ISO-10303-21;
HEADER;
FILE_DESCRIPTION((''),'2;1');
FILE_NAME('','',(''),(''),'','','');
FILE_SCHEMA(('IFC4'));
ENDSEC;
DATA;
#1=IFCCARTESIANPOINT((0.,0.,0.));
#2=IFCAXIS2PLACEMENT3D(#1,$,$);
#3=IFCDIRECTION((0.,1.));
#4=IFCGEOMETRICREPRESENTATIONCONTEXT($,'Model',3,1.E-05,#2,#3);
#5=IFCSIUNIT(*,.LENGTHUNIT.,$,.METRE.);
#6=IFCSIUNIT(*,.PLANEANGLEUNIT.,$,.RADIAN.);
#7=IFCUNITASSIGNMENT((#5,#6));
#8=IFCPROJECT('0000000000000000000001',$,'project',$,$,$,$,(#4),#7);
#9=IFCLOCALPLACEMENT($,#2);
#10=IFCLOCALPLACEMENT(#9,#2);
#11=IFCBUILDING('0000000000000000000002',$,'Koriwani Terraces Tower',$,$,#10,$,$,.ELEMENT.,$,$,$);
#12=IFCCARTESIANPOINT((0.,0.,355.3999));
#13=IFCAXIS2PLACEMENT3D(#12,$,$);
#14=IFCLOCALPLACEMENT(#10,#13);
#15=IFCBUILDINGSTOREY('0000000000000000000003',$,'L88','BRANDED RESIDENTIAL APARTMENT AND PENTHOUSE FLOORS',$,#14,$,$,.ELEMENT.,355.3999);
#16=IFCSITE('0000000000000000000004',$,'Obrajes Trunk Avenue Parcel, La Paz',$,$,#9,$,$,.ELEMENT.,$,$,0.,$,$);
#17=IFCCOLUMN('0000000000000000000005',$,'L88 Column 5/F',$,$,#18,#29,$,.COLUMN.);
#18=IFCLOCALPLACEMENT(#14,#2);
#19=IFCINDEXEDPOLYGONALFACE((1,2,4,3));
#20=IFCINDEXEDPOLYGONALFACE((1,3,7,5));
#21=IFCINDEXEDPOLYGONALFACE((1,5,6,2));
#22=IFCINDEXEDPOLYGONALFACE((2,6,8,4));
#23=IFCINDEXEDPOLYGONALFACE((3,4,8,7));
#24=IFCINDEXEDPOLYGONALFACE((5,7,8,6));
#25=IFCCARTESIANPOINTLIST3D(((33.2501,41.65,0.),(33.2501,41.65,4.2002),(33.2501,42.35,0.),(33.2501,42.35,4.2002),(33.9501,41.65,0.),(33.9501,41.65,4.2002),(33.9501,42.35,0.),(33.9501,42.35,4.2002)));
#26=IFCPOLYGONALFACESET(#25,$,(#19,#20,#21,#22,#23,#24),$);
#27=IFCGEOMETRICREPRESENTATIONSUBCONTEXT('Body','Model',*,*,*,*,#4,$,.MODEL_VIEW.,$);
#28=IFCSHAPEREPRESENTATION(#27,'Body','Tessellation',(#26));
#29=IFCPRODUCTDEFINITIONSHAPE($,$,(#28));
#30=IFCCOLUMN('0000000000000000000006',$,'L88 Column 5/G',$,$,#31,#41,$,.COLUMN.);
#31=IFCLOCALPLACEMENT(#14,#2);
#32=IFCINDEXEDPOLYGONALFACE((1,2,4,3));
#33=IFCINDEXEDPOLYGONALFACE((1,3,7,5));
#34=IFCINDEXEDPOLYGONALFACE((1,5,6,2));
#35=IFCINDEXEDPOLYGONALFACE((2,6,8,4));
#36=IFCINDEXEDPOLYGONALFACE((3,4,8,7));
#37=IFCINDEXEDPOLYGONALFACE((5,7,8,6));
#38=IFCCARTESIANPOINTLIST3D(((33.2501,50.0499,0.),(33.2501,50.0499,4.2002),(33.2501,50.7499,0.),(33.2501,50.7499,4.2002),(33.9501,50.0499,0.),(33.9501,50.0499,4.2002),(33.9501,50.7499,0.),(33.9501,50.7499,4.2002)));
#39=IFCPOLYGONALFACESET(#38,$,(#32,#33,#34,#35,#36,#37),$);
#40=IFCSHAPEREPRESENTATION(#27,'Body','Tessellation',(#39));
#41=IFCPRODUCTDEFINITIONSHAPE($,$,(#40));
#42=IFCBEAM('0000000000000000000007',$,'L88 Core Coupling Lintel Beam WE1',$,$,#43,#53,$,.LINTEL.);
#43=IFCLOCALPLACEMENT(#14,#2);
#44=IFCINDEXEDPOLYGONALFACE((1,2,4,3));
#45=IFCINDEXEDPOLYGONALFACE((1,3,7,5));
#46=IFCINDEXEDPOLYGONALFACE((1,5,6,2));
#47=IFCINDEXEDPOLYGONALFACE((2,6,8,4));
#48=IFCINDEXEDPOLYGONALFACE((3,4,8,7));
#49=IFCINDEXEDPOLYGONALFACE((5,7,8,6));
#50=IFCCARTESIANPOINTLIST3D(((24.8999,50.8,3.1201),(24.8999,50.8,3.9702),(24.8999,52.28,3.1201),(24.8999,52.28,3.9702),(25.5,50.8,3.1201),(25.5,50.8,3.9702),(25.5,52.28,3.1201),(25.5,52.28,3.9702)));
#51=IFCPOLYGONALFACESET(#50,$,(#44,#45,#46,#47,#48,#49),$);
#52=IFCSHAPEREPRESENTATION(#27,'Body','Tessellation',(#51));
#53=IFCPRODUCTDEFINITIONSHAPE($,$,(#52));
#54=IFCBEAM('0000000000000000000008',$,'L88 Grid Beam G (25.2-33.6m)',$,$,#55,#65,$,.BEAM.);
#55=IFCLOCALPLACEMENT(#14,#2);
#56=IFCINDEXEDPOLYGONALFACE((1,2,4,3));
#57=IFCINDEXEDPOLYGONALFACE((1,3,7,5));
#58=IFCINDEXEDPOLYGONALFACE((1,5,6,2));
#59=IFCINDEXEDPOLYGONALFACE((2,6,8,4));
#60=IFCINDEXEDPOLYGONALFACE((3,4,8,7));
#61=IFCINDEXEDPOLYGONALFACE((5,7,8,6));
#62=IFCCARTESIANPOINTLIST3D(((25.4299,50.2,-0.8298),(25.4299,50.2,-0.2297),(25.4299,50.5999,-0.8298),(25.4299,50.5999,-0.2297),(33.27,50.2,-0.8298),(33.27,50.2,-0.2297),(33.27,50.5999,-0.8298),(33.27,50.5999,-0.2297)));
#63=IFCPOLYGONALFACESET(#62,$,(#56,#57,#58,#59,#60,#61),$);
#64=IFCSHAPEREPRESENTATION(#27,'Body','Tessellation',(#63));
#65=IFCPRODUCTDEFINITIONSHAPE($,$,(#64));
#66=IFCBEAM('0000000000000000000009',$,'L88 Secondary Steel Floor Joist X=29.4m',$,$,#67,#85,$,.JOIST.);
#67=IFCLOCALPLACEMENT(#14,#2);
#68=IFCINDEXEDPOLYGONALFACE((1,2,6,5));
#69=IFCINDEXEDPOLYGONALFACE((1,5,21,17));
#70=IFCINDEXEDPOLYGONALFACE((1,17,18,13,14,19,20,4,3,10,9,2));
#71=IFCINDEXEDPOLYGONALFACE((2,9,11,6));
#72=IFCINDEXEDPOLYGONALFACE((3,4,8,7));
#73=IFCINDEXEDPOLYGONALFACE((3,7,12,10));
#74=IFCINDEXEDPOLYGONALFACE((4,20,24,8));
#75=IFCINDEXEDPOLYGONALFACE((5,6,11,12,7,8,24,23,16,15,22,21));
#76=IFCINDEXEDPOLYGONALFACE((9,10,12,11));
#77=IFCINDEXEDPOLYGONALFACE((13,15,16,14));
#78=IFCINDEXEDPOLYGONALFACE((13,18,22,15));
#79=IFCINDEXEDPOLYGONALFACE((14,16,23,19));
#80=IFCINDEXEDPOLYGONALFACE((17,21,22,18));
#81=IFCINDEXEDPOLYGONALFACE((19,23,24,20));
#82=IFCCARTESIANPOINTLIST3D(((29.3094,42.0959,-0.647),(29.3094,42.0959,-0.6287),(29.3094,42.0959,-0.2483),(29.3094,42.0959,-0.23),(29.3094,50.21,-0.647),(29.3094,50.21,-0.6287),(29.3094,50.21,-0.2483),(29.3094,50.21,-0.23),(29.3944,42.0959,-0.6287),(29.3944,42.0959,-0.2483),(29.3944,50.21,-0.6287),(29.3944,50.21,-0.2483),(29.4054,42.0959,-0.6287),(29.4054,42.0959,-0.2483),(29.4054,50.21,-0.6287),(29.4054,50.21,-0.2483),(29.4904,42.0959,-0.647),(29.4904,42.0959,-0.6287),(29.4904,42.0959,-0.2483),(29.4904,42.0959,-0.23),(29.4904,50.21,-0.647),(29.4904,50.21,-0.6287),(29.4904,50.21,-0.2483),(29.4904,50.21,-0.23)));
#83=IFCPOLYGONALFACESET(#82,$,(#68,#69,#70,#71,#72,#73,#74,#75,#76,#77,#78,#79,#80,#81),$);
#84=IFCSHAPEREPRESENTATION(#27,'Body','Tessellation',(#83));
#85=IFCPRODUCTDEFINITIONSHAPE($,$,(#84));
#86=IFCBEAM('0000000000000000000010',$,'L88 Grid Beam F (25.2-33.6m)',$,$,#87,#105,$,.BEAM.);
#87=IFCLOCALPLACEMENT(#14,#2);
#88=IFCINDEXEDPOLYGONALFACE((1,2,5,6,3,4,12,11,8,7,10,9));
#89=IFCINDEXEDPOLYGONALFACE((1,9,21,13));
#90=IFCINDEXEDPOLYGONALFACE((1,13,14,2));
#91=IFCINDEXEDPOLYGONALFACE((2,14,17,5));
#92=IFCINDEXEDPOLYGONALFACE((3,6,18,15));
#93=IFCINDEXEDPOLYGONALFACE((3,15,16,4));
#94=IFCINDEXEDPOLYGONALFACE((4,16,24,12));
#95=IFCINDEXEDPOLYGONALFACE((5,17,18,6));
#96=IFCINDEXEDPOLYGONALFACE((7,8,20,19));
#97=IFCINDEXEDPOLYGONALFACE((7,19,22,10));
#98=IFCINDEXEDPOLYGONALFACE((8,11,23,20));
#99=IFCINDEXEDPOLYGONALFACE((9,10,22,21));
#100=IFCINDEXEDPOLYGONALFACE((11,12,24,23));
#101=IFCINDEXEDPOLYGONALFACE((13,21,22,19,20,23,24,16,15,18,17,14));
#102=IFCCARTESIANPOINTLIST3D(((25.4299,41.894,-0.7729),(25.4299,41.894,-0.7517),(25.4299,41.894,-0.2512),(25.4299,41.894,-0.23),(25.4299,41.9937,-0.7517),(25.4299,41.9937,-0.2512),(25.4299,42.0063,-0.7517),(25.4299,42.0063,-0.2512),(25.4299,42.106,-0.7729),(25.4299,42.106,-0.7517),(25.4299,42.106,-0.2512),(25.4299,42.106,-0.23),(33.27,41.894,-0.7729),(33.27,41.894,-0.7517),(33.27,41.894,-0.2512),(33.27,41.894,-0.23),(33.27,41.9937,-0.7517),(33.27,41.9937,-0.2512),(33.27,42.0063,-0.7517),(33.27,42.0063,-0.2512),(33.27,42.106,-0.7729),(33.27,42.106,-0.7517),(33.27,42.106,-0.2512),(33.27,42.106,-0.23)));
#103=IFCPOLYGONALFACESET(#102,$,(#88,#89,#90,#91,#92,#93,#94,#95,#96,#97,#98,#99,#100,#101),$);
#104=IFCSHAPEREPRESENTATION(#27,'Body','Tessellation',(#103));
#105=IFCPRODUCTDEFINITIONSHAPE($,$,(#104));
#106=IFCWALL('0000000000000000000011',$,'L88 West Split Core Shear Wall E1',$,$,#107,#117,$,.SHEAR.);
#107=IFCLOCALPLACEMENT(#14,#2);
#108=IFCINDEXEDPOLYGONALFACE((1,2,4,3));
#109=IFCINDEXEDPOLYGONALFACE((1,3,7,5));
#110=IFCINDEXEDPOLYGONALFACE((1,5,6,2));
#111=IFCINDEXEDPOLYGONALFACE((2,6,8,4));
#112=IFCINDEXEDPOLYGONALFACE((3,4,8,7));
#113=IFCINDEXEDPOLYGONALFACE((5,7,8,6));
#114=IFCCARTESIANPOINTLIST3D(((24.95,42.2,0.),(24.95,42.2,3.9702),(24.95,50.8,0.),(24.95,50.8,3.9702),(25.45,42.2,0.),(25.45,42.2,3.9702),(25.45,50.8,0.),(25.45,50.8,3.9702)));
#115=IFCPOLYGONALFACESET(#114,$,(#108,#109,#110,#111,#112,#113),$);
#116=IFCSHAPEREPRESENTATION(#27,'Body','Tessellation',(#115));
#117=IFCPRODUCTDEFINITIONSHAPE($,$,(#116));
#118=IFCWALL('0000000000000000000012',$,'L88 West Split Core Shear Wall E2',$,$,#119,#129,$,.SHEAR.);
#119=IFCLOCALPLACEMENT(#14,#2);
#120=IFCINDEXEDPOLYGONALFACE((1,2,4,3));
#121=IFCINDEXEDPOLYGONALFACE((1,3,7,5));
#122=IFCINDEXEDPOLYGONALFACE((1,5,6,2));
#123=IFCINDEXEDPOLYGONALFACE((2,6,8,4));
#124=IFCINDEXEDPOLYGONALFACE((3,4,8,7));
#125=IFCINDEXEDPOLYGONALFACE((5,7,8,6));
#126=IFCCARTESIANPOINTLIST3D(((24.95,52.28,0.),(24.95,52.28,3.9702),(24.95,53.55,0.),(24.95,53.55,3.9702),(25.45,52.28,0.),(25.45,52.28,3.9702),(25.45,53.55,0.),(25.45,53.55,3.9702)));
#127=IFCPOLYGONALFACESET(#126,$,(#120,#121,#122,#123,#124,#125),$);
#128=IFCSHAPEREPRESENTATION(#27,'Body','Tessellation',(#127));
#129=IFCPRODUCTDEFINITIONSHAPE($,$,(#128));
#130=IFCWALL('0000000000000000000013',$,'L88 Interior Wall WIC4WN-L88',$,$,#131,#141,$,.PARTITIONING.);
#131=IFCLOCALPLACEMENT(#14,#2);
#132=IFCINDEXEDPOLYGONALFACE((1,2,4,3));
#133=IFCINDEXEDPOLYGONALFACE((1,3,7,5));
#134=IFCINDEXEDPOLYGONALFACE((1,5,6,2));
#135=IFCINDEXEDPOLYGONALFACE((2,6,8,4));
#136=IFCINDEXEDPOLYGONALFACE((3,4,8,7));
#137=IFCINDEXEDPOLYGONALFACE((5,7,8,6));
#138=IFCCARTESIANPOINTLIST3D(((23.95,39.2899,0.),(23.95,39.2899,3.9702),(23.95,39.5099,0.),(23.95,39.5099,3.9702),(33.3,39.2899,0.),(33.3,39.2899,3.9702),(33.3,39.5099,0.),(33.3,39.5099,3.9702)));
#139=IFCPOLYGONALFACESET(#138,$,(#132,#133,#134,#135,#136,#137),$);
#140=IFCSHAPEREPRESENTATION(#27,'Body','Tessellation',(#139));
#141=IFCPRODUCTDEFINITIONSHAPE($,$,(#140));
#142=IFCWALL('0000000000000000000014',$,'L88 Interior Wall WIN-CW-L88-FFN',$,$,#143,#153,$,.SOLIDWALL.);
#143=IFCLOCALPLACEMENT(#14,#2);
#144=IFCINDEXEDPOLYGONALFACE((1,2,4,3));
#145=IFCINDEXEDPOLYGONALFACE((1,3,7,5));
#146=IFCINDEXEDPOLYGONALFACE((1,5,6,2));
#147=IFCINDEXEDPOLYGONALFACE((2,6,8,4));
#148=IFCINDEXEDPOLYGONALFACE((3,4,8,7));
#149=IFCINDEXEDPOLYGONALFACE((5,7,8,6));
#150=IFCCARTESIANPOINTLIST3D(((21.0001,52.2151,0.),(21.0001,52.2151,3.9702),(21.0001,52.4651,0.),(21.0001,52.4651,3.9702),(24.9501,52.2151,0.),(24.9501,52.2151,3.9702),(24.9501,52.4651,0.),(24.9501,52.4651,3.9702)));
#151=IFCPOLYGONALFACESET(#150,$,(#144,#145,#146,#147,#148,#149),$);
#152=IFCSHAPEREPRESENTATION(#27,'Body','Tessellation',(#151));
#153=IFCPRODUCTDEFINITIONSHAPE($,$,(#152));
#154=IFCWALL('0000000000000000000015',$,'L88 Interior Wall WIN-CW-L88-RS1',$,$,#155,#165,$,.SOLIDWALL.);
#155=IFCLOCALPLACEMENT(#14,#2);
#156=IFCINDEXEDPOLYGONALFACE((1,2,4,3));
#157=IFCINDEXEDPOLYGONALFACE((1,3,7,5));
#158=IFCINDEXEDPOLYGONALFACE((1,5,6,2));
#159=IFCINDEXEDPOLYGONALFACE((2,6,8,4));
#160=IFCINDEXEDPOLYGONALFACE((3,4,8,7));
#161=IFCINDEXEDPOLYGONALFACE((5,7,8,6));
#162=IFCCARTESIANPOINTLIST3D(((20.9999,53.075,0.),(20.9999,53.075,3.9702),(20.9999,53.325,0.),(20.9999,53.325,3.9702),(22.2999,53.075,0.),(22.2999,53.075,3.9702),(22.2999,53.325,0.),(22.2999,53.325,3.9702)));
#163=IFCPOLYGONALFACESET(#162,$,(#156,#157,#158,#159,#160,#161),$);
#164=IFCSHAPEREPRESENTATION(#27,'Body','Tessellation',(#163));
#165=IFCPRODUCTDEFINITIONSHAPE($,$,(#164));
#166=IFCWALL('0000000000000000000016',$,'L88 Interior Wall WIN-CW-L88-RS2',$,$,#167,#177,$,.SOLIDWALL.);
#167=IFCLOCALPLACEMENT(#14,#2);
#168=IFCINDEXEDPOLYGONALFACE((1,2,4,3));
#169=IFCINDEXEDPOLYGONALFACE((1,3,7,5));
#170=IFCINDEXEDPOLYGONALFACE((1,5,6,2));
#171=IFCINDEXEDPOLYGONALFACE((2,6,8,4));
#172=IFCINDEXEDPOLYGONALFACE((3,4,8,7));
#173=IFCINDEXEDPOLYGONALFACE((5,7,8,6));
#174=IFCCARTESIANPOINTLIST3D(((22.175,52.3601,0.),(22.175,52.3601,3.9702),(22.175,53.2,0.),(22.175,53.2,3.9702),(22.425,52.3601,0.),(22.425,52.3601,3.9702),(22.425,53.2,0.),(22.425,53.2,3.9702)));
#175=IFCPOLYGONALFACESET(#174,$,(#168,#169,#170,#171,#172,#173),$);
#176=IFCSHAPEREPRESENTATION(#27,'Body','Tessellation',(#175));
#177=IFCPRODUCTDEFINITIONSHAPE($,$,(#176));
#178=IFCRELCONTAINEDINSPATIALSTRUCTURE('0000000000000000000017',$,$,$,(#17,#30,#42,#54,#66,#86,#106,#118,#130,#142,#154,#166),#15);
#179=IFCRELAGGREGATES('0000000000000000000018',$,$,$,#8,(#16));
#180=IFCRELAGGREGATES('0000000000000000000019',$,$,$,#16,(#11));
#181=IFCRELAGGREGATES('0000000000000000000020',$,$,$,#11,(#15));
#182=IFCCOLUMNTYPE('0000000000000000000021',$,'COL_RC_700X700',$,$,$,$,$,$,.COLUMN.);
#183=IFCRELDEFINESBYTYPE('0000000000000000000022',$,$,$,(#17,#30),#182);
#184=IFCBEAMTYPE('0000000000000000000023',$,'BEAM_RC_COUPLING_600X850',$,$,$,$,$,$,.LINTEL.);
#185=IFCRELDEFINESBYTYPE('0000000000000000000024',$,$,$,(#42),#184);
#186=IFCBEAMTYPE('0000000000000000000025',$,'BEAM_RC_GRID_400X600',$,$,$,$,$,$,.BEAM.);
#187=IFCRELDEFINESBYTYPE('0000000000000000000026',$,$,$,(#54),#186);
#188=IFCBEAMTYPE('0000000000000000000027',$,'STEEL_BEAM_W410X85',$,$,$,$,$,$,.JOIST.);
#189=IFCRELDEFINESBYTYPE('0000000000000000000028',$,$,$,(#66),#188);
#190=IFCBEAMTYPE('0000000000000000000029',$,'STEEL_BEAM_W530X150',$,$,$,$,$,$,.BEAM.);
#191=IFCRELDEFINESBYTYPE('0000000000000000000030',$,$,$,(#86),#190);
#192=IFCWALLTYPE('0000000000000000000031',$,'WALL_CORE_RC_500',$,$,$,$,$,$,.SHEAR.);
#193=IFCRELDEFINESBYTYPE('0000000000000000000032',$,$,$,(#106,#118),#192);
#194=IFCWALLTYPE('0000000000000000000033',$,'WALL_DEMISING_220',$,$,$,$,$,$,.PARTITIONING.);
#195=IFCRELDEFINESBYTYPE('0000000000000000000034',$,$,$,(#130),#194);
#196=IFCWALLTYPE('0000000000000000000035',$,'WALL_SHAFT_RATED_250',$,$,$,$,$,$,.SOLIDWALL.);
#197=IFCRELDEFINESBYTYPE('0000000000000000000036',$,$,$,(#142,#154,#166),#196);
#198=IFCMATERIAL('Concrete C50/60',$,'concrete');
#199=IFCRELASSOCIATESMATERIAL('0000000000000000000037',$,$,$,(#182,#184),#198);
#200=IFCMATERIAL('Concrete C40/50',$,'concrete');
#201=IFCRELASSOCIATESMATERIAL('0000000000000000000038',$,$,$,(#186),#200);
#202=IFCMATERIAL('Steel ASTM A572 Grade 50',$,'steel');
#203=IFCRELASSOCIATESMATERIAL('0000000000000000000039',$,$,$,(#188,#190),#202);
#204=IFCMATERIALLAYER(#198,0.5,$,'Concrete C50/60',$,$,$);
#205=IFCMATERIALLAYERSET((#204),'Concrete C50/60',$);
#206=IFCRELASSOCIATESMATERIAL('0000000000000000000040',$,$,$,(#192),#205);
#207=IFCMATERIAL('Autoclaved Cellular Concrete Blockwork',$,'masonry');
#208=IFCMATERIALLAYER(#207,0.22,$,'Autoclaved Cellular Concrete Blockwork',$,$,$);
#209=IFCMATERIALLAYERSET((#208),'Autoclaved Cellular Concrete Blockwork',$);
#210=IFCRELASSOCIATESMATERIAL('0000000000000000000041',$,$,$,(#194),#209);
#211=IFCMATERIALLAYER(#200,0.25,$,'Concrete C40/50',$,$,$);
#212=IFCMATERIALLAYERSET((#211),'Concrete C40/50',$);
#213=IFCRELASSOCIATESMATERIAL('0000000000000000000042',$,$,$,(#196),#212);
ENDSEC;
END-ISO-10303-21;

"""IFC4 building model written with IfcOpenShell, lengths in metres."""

from ifc_helpers import new_model, si_unit, direction, frame, frame_2d, origin, origin_2d, place, context, subcontext, project, spatial, rectangle, i_section, extrude, material, layer, layer_set, material_profile, profile_set, type_object, element, save


model = new_model("IFC4")

# Units and contexts
model_context = context("Model", 3, precision=1e-05, world=origin(), true_north=direction((0.0, 1.0)))
body_context = subcontext(model_context, "Body", "Model", "MODEL_VIEW")
ifc_project = project(units=[si_unit("LENGTHUNIT", "METRE"), si_unit("PLANEANGLEUNIT", "RADIAN")], contexts=[model_context])

# Site, building, storey
site_placement = place(None, origin())
site = spatial("IfcSite", under=ifc_project, at=site_placement, Name="Obrajes Trunk Avenue Parcel, La Paz", CompositionType="ELEMENT", RefElevation=0.0)
building_placement = place(site_placement, origin())
building = spatial("IfcBuilding", under=site, at=building_placement, Name="Koriwani Terraces Tower", CompositionType="ELEMENT")
storey_placement = place(building_placement, frame((0.0, 0.0, 355.3999)))
storey = spatial("IfcBuildingStorey", under=building, at=storey_placement, Name="L88", Description="BRANDED RESIDENTIAL APARTMENT AND PENTHOUSE FLOORS", CompositionType="ELEMENT", Elevation=355.3999)

# Columns
ifc_material_1 = material(Name="Concrete C50/60", Category="concrete")
ifc_material_profile_1 = material_profile(ifc_material_1, rectangle(XDim=0.7, YDim=0.7, at=origin_2d()), Name="Concrete C50/60", Category="LoadBearing")
ifc_profile_set_1 = profile_set([ifc_material_profile_1], Name="Concrete C50/60")
column_type = type_object("IfcColumnType", Name="COL_RC_700X700", PredefinedType="COLUMN", material=ifc_profile_set_1)
for number, where, z_axis, x_axis, name in (
    (1, (33.6001, 42.0, 0.0), (0.0, 0.0, 1.0), (1.0, 0.0, 0.0), "L88 Column 5/F"),
    (2, (33.6001, 50.3999, 0.0), (0.0, 0.0, 1.0), (1.0, 0.0, 0.0), "L88 Column 5/G"),
):
    element("IfcColumn", number, at=place(storey_placement, frame(where, z_axis=z_axis, x_axis=x_axis)), inside=storey, type_object=column_type, Name=name, PredefinedType="COLUMN", context=body_context, shape_type="SweptSolid", body=[
        extrude(rectangle(XDim=0.7, YDim=0.7, at=origin_2d()), origin(), (0.0, 0.0, 1.0), 4.2002),
    ])

# Beams
ifc_material_profile_2 = material_profile(ifc_material_1, rectangle(XDim=0.6001, YDim=0.8501, at=origin_2d()), Name="Concrete C50/60", Category="LoadBearing")
ifc_profile_set_2 = profile_set([ifc_material_profile_2], Name="Concrete C50/60")
beam_type_1 = type_object("IfcBeamType", Name="BEAM_RC_COUPLING_600X850", PredefinedType="LINTEL", material=ifc_profile_set_2)
beam_1_placement = place(storey_placement, frame((25.2, 50.8, 3.5452), z_axis=(0.0, 1.0, 0.0), x_axis=(-1.0, 0.0, 0.0)))
element("IfcBeam", 3, at=beam_1_placement, inside=storey, type_object=beam_type_1, Name="L88 Core Coupling Lintel Beam WE1", PredefinedType="LINTEL", context=body_context, shape_type="SweptSolid", body=[
    extrude(rectangle(XDim=0.6001, YDim=0.8501, at=origin_2d()), origin(), (0.0, 0.0, 1.0), 1.48),
])
ifc_material_2 = material(Name="Concrete C40/50", Category="concrete")
ifc_material_profile_3 = material_profile(ifc_material_2, rectangle(XDim=0.3999, YDim=0.6001, at=origin_2d()), Name="Concrete C40/50", Category="LoadBearing")
ifc_profile_set_3 = profile_set([ifc_material_profile_3], Name="Concrete C40/50")
beam_type_2 = type_object("IfcBeamType", Name="BEAM_RC_GRID_400X600", PredefinedType="BEAM", material=ifc_profile_set_3)
beam_2_placement = place(storey_placement, frame((25.4299, 50.3999, -0.5298), z_axis=(1.0, 0.0, 0.0), x_axis=(0.0, 1.0, 0.0)))
element("IfcBeam", 4, at=beam_2_placement, inside=storey, type_object=beam_type_2, Name="L88 Grid Beam G (25.2-33.6m)", PredefinedType="BEAM", context=body_context, shape_type="SweptSolid", body=[
    extrude(rectangle(XDim=0.3999, YDim=0.6001, at=origin_2d()), origin(), (0.0, 0.0, 1.0), 7.8401),
])
ifc_material_3 = material(Name="Steel ASTM A572 Grade 50", Category="steel")
ifc_material_profile_4 = material_profile(ifc_material_3, i_section(OverallWidth=0.1809, OverallDepth=0.417, WebThickness=0.011, FlangeThickness=0.0183, at=origin_2d()), Name="Steel ASTM A572 Grade 50", Category="LoadBearing")
ifc_profile_set_4 = profile_set([ifc_material_profile_4], Name="Steel ASTM A572 Grade 50")
beam_type_3 = type_object("IfcBeamType", Name="STEEL_BEAM_W410X85", PredefinedType="JOIST", material=ifc_profile_set_4)
beam_3_placement = place(storey_placement, frame((29.3999, 42.0959, -0.4385), z_axis=(0.0, 1.0, 0.0), x_axis=(-1.0, 0.0, 0.0)))
element("IfcBeam", 5, at=beam_3_placement, inside=storey, type_object=beam_type_3, Name="L88 Secondary Steel Floor Joist X=29.4m", PredefinedType="JOIST", context=body_context, shape_type="SweptSolid", body=[
    extrude(i_section(OverallWidth=0.1809, OverallDepth=0.417, WebThickness=0.011, FlangeThickness=0.0183, at=origin_2d()), origin(), (0.0, 0.0, 1.0), 8.114),
])
ifc_material_profile_5 = material_profile(ifc_material_3, i_section(OverallWidth=0.2119, OverallDepth=0.543, WebThickness=0.0127, FlangeThickness=0.0212, at=origin_2d()), Name="Steel ASTM A572 Grade 50", Category="LoadBearing")
ifc_profile_set_5 = profile_set([ifc_material_profile_5], Name="Steel ASTM A572 Grade 50")
beam_type_4 = type_object("IfcBeamType", Name="STEEL_BEAM_W530X150", PredefinedType="BEAM", material=ifc_profile_set_5)
beam_4_placement = place(storey_placement, frame((25.4299, 42.0, -0.5015), z_axis=(1.0, 0.0, 0.0), x_axis=(0.0, 1.0, 0.0)))
element("IfcBeam", 6, at=beam_4_placement, inside=storey, type_object=beam_type_4, Name="L88 Grid Beam F (25.2-33.6m)", PredefinedType="BEAM", context=body_context, shape_type="SweptSolid", body=[
    extrude(i_section(OverallWidth=0.2119, OverallDepth=0.543, WebThickness=0.0127, FlangeThickness=0.0212, at=origin_2d()), origin(), (0.0, 0.0, 1.0), 7.8401),
])

# Walls
ifc_layer_1 = layer(ifc_material_1, 0.5, Name="Concrete C50/60")
ifc_layer_set_1 = layer_set([ifc_layer_1], Name="Concrete C50/60")
wall_type_1 = type_object("IfcWallType", Name="WALL_CORE_RC_500", PredefinedType="SHEAR", material=ifc_layer_set_1)
wall_1_placement = place(storey_placement, frame((25.2, 42.2, 0.0), z_axis=(0.0, 0.0, 1.0), x_axis=(0.0, 1.0, 0.0)))
element("IfcWall", 7, at=wall_1_placement, inside=storey, type_object=wall_type_1, Name="L88 West Split Core Shear Wall E1", PredefinedType="SHEAR", context=body_context, shape_type="SweptSolid", body=[
    extrude(rectangle(XDim=8.6001, YDim=0.5, at=frame_2d((4.3, 0.0))), origin(), (0.0, 0.0, 1.0), 3.9702),
])
wall_2_placement = place(storey_placement, frame((25.2, 52.28, 0.0), z_axis=(0.0, 0.0, 1.0), x_axis=(0.0, 1.0, 0.0)))
element("IfcWall", 8, at=wall_2_placement, inside=storey, type_object=wall_type_1, Name="L88 West Split Core Shear Wall E2", PredefinedType="SHEAR", context=body_context, shape_type="SweptSolid", body=[
    extrude(rectangle(XDim=1.27, YDim=0.5, at=frame_2d((0.635, 0.0))), origin(), (0.0, 0.0, 1.0), 3.9702),
])
ifc_material_4 = material(Name="Autoclaved Cellular Concrete Blockwork", Category="masonry")
ifc_layer_2 = layer(ifc_material_4, 0.22, Name="Autoclaved Cellular Concrete Blockwork")
ifc_layer_set_2 = layer_set([ifc_layer_2], Name="Autoclaved Cellular Concrete Blockwork")
wall_type_2 = type_object("IfcWallType", Name="WALL_DEMISING_220", PredefinedType="PARTITIONING", material=ifc_layer_set_2)
wall_3_placement = place(storey_placement, frame((23.95, 39.3999, 0.0), z_axis=(0.0, 0.0, 1.0), x_axis=(1.0, 0.0, 0.0)))
element("IfcWall", 9, at=wall_3_placement, inside=storey, type_object=wall_type_2, Name="L88 Interior Wall WIC4WN-L88", PredefinedType="PARTITIONING", context=body_context, shape_type="SweptSolid", body=[
    extrude(rectangle(XDim=9.3501, YDim=0.22, at=frame_2d((4.675, 0.0))), origin(), (0.0, 0.0, 1.0), 3.9702),
])

# Shared definitions
ifc_layer_3 = layer(ifc_material_2, 0.25, Name="Concrete C40/50")
ifc_layer_set_3 = layer_set([ifc_layer_3], Name="Concrete C40/50")
wall_type_3 = type_object("IfcWallType", Name="WALL_SHAFT_RATED_250", PredefinedType="SOLIDWALL", material=ifc_layer_set_3)

# Walls
wall_4_placement = place(storey_placement, frame((21.0, 52.3401, 0.0), z_axis=(0.0, 0.0, 1.0), x_axis=(1.0, 0.0, 0.0)))
element("IfcWall", 10, at=wall_4_placement, inside=storey, type_object=wall_type_3, Name="L88 Interior Wall WIN-CW-L88-FFN", PredefinedType="SOLIDWALL", context=body_context, shape_type="SweptSolid", body=[
    extrude(rectangle(XDim=3.95, YDim=0.25, at=frame_2d((1.9751, 0.0))), origin(), (0.0, 0.0, 1.0), 3.9702),
])
wall_5_placement = place(storey_placement, frame((21.0, 53.2, 0.0), z_axis=(0.0, 0.0, 1.0), x_axis=(1.0, 0.0, 0.0)))
element("IfcWall", 11, at=wall_5_placement, inside=storey, type_object=wall_type_3, Name="L88 Interior Wall WIN-CW-L88-RS1", PredefinedType="SOLIDWALL", context=body_context, shape_type="SweptSolid", body=[
    extrude(rectangle(XDim=1.3, YDim=0.25, at=frame_2d((0.6499, 0.0))), origin(), (0.0, 0.0, 1.0), 3.9702),
])
wall_6_placement = place(storey_placement, frame((22.3, 52.3601, 0.0), z_axis=(0.0, 0.0, 1.0), x_axis=(0.0, 1.0, 0.0)))
element("IfcWall", 12, at=wall_6_placement, inside=storey, type_object=wall_type_3, Name="L88 Interior Wall WIN-CW-L88-RS2", PredefinedType="SOLIDWALL", context=body_context, shape_type="SweptSolid", body=[
    extrude(rectangle(XDim=0.8398, YDim=0.25, at=frame_2d((0.4199, 0.0))), origin(), (0.0, 0.0, 1.0), 3.9702),
])

save(model, "model.ifc")
